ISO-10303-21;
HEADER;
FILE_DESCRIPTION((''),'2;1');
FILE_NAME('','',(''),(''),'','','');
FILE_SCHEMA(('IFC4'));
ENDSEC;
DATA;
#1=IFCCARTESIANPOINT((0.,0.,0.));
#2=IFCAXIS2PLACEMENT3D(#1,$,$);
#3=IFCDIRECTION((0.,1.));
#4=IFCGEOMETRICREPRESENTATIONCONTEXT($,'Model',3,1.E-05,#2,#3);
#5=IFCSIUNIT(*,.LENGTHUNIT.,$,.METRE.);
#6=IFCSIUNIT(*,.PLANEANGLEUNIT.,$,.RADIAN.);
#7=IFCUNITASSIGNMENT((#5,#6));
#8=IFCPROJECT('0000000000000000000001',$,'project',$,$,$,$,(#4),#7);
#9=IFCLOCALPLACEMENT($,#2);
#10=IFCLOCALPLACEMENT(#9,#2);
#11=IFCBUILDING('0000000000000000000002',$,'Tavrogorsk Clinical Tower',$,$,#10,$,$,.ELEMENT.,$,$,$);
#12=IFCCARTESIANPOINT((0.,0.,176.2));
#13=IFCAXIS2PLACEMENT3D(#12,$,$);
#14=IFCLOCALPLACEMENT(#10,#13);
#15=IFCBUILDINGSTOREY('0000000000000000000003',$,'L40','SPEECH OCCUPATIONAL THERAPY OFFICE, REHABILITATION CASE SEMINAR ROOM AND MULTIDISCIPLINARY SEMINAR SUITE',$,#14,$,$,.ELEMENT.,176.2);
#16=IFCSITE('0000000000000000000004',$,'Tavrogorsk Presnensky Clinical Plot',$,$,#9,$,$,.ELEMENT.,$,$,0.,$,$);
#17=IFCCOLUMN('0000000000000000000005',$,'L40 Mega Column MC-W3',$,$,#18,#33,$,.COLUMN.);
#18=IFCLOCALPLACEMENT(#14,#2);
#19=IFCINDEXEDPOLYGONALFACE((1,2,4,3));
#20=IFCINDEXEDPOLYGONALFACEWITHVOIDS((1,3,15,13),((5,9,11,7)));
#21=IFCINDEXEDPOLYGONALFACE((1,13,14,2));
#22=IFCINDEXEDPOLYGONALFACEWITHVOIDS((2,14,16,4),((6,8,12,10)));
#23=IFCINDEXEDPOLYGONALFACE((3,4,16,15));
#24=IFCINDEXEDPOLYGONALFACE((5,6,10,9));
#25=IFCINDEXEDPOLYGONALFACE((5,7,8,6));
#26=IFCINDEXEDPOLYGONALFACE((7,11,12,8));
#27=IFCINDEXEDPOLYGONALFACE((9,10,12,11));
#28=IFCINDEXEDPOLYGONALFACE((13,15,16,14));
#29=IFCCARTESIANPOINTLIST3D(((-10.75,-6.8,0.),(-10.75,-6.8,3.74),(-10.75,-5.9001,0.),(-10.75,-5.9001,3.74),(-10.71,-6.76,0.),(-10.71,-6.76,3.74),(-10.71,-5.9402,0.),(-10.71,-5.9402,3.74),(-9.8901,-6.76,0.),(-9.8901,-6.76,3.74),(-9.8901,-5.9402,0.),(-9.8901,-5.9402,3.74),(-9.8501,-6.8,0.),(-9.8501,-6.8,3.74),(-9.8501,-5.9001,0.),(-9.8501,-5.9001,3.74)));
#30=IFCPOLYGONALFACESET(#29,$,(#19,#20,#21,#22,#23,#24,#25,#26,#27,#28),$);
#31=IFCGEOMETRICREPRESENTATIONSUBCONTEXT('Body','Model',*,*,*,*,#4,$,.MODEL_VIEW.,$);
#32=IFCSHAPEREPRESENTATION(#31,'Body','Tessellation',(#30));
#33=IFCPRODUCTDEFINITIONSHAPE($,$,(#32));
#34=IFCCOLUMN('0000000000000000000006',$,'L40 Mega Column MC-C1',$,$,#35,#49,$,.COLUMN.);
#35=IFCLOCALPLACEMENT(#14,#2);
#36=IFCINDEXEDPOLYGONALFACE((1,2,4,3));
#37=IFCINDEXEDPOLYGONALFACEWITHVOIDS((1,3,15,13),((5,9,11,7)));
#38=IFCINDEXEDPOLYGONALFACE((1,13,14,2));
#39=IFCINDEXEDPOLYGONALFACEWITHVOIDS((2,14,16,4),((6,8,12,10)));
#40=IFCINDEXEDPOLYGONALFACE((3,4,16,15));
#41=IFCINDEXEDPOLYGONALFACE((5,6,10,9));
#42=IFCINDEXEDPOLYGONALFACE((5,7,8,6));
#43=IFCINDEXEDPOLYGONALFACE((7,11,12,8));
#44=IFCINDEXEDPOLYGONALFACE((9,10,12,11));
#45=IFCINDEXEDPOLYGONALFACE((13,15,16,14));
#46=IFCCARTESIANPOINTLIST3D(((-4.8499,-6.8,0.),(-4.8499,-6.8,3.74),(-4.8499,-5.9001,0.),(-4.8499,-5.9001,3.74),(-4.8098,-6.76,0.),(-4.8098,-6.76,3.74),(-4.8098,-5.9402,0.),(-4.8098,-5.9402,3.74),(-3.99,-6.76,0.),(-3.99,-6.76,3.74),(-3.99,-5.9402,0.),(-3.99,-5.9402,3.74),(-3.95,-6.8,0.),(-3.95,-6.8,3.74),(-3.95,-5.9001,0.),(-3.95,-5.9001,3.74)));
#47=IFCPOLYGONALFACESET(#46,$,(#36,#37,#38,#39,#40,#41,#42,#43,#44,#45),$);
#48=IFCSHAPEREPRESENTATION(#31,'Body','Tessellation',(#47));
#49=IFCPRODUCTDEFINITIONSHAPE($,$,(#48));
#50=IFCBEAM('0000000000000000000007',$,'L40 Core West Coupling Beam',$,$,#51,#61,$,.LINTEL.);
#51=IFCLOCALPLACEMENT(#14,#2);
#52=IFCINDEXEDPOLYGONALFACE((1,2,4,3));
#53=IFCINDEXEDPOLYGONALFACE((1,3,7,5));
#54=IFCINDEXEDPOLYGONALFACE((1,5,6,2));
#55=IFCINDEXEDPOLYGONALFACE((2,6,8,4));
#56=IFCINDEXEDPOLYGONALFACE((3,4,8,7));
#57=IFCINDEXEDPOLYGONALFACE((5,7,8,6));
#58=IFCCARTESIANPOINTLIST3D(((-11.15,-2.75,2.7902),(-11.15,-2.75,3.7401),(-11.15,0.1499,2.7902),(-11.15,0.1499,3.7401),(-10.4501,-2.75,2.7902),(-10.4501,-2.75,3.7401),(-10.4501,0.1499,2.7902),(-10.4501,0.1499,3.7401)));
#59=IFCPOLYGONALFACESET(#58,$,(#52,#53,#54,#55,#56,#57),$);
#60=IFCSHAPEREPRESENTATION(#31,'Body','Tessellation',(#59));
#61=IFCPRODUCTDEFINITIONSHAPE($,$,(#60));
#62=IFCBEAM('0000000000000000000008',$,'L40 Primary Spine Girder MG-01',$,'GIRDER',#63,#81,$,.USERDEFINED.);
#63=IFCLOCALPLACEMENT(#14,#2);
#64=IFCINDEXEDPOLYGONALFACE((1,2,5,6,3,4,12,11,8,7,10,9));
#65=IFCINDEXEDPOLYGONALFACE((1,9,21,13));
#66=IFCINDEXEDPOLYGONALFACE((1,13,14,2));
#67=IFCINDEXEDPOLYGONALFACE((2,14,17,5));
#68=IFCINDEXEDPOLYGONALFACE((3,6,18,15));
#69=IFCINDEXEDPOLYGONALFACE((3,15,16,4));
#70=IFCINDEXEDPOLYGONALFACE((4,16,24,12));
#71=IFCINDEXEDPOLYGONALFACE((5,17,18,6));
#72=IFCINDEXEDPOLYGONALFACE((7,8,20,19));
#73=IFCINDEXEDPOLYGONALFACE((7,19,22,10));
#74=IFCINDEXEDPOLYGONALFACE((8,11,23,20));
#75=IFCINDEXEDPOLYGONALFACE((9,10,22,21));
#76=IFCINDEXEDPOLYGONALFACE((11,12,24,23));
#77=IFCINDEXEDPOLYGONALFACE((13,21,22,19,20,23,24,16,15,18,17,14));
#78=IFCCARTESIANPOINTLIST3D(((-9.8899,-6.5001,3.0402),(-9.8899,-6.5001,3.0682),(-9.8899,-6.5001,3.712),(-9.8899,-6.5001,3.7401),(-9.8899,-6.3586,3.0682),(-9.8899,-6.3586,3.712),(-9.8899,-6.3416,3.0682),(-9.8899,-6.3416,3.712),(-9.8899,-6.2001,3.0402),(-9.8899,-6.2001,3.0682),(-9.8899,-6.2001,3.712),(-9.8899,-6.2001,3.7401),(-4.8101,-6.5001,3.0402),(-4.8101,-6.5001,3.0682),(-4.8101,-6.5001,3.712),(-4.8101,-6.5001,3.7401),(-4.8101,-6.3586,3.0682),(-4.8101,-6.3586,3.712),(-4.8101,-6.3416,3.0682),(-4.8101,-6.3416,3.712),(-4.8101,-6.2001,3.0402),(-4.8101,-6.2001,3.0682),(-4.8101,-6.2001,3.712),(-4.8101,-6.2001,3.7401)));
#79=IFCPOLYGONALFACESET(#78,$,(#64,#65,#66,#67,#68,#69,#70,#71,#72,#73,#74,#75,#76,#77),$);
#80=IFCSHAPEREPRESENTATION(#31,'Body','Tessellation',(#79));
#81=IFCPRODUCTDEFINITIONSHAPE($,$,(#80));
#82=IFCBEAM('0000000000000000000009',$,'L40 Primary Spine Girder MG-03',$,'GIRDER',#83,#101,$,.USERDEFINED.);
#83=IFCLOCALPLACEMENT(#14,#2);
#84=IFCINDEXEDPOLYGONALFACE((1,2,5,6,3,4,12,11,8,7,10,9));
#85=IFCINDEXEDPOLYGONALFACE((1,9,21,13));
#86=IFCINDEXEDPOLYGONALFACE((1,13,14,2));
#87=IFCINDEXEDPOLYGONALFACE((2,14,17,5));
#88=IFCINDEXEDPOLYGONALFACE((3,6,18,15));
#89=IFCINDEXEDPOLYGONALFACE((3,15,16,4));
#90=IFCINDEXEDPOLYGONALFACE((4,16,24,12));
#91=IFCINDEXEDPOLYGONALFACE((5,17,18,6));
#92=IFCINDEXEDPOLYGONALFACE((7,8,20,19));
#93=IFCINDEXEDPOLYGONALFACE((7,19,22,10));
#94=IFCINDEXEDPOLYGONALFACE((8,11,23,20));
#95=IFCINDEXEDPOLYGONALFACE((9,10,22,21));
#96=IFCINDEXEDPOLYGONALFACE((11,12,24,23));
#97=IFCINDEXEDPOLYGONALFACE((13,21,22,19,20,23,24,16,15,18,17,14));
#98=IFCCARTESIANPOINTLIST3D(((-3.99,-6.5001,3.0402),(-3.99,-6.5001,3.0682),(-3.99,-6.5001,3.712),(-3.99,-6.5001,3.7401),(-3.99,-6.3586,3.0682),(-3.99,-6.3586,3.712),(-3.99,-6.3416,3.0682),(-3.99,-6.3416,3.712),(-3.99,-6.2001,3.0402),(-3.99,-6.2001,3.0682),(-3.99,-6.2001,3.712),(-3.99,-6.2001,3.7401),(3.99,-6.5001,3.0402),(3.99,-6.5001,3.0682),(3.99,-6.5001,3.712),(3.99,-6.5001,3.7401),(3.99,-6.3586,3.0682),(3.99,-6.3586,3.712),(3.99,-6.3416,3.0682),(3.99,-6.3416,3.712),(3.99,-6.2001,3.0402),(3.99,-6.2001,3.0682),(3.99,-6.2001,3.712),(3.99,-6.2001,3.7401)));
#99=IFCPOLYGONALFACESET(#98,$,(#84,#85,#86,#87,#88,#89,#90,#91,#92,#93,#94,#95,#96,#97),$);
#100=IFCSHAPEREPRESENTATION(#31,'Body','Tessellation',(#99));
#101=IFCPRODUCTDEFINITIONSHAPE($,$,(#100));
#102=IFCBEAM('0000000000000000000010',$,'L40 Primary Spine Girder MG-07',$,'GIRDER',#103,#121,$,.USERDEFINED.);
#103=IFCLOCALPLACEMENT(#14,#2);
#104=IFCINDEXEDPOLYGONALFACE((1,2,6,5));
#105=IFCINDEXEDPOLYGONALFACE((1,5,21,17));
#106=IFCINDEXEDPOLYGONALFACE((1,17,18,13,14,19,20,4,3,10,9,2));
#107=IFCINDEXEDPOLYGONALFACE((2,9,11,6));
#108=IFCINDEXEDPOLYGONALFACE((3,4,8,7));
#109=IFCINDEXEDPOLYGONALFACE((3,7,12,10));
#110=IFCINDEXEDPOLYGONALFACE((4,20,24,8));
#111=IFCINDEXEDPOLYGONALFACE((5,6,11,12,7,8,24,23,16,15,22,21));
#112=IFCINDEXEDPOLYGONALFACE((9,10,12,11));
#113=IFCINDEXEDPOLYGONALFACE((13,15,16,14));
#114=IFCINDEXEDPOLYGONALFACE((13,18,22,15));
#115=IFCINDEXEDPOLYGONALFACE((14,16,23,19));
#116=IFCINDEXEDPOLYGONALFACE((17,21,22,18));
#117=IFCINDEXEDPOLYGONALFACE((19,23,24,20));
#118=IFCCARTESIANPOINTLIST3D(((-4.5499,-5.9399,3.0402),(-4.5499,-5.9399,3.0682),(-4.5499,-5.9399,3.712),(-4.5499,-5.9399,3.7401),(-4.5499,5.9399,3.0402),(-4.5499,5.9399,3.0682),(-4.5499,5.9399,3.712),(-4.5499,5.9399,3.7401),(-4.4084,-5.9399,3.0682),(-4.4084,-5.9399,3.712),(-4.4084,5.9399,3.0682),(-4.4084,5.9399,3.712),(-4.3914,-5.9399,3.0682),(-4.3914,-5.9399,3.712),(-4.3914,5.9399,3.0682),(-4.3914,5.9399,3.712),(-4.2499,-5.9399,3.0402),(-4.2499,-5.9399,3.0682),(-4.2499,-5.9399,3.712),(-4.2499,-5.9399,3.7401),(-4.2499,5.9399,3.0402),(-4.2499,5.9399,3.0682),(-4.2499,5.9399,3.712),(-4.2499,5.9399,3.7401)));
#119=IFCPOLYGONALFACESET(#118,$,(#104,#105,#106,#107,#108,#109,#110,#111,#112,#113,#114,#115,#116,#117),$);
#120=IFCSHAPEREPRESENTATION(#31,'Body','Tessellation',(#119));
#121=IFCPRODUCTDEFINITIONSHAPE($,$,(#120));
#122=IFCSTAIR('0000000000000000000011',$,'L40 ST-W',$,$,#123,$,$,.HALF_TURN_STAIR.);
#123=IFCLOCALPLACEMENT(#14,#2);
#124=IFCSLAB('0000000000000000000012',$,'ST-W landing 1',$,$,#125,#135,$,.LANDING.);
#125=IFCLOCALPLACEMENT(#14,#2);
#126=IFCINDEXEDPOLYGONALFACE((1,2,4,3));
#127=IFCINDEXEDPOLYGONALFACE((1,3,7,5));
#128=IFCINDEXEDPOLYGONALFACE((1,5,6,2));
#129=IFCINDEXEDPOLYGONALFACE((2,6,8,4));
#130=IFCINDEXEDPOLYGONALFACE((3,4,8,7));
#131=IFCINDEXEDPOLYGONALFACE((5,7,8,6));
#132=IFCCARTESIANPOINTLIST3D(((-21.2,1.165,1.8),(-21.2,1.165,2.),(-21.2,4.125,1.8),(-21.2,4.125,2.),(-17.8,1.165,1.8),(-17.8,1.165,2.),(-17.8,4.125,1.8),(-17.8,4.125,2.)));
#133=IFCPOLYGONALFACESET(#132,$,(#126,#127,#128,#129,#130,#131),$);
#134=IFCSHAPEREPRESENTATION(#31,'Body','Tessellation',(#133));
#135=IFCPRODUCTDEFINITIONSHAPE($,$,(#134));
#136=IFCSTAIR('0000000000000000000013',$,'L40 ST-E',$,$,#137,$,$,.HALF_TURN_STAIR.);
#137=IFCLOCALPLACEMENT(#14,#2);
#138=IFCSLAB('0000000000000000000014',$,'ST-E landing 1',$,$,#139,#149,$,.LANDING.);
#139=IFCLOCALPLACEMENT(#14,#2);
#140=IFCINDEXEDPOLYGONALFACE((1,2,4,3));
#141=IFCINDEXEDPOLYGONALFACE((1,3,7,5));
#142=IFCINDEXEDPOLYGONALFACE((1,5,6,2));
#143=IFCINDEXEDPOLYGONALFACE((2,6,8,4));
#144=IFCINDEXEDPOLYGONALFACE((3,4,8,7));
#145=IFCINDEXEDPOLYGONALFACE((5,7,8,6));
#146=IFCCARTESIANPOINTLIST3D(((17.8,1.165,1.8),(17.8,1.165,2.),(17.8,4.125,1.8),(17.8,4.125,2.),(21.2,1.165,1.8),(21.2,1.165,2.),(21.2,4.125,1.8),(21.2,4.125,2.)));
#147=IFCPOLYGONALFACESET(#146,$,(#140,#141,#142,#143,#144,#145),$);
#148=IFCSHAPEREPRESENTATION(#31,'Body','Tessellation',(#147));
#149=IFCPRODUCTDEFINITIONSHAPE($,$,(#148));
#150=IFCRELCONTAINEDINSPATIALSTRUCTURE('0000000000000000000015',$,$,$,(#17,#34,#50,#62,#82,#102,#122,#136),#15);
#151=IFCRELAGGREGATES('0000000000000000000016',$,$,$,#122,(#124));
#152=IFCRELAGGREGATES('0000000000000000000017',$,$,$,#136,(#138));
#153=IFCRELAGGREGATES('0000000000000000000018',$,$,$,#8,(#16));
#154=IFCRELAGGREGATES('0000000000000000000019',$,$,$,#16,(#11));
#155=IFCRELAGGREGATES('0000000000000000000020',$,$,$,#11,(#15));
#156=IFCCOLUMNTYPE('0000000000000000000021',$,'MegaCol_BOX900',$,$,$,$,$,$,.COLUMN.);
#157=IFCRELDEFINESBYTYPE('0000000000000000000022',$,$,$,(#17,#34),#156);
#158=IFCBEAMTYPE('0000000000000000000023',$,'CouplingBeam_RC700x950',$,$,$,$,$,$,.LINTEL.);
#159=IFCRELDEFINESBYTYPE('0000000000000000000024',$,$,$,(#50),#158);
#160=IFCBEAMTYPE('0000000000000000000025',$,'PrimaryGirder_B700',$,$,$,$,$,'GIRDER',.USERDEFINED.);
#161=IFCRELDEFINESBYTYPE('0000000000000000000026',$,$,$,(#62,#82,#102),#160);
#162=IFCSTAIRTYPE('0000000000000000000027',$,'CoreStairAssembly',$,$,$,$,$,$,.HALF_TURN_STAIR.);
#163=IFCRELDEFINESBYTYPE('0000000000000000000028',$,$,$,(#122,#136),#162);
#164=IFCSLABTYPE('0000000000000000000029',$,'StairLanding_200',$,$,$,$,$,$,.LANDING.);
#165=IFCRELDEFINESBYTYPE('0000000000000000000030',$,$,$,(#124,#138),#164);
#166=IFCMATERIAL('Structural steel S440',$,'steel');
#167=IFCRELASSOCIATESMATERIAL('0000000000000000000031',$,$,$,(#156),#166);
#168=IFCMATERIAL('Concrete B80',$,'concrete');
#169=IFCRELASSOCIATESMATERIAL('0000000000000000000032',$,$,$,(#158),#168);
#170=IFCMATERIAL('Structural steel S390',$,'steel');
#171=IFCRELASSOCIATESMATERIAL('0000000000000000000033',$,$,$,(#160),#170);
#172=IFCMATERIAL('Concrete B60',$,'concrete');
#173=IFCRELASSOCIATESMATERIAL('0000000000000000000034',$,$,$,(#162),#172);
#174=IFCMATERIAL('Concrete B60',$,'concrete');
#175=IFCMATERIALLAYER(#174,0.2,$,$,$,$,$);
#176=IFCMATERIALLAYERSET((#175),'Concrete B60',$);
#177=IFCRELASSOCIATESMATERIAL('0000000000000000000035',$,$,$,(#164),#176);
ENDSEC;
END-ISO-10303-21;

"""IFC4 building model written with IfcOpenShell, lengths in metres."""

from ifc_helpers import new_model, si_unit, direction, frame, origin, origin_2d, place, context, subcontext, project, spatial, polyline, rectangle, hollow_rectangle, i_section, outline, extrude, material, layer, layer_set, material_profile, profile_set, type_object, element, aggregate, save


model = new_model("IFC4")

# Units and contexts
model_context = context("Model", 3, precision=1e-05, world=origin(), true_north=direction((0.0, 1.0)))
body_context = subcontext(model_context, "Body", "Model", "MODEL_VIEW")
ifc_project = project(units=[si_unit("LENGTHUNIT", "METRE"), si_unit("PLANEANGLEUNIT", "RADIAN")], contexts=[model_context])

# Site, building, storey
site_placement = place(None, origin())
site = spatial("IfcSite", under=ifc_project, at=site_placement, Name="Tavrogorsk Presnensky Clinical Plot", CompositionType="ELEMENT", RefElevation=0.0)
building_placement = place(site_placement, origin())
building = spatial("IfcBuilding", under=site, at=building_placement, Name="Tavrogorsk Clinical Tower", CompositionType="ELEMENT")
storey_placement = place(building_placement, frame((0.0, 0.0, 176.2)))
storey = spatial("IfcBuildingStorey", under=building, at=storey_placement, Name="L40", Description="SPEECH OCCUPATIONAL THERAPY OFFICE, REHABILITATION CASE SEMINAR ROOM AND MULTIDISCIPLINARY SEMINAR SUITE", CompositionType="ELEMENT", Elevation=176.2)

# Columns
ifc_material_1 = material(Name="Structural steel S440", Category="steel")
ifc_material_profile_1 = material_profile(ifc_material_1, hollow_rectangle(XDim=0.8999, YDim=0.8999, WallThickness=0.04, at=origin_2d()), Name="BOX-900x900x40")
ifc_profile_set_1 = profile_set([ifc_material_profile_1], Name="Structural steel S440")
column_type = type_object("IfcColumnType", Name="MegaCol_BOX900", PredefinedType="COLUMN", material=ifc_profile_set_1)
for number, where, z_axis, x_axis, name in (
    (1, (-10.3, -6.3501, 0.0), (0.0, 0.0, 1.0), (1.0, 0.0, 0.0), "L40 Mega Column MC-W3"),
    (2, (-4.3999, -6.3501, 0.0), (0.0, 0.0, 1.0), (1.0, 0.0, 0.0), "L40 Mega Column MC-C1"),
):
    element("IfcColumn", number, at=place(storey_placement, frame(where, z_axis=z_axis, x_axis=x_axis)), inside=storey, type_object=column_type, Name=name, PredefinedType="COLUMN", context=body_context, shape_type="SweptSolid", body=[
        extrude(hollow_rectangle(XDim=0.8999, YDim=0.8999, WallThickness=0.04, at=origin_2d()), origin(), (0.0, 0.0, 1.0), 3.74),
    ])

# Beams
ifc_material_2 = material(Name="Concrete B80", Category="concrete")
ifc_material_profile_2 = material_profile(ifc_material_2, rectangle(XDim=0.7, YDim=0.95, at=origin_2d()), Name="RC-CB-700x950")
ifc_profile_set_2 = profile_set([ifc_material_profile_2], Name="Concrete B80")
beam_type_1 = type_object("IfcBeamType", Name="CouplingBeam_RC700x950", PredefinedType="LINTEL", material=ifc_profile_set_2)
beam_1_placement = place(storey_placement, frame((-10.8, -2.75, 3.2651), z_axis=(0.0, 1.0, 0.0), x_axis=(-1.0, 0.0, 0.0)))
element("IfcBeam", 3, at=beam_1_placement, inside=storey, type_object=beam_type_1, Name="L40 Core West Coupling Beam", PredefinedType="LINTEL", context=body_context, shape_type="SweptSolid", body=[
    extrude(rectangle(XDim=0.7, YDim=0.95, at=origin_2d()), origin(), (0.0, 0.0, 1.0), 2.8999),
])
ifc_material_3 = material(Name="Structural steel S390", Category="steel")
ifc_material_profile_3 = material_profile(ifc_material_3, i_section(OverallWidth=0.3, OverallDepth=0.7, WebThickness=0.0171, FlangeThickness=0.0281, at=origin_2d()), Name="B-700x300x17x28")
ifc_profile_set_3 = profile_set([ifc_material_profile_3], Name="Structural steel S390")
beam_type_2 = type_object("IfcBeamType", Name="PrimaryGirder_B700", ElementType="GIRDER", PredefinedType="USERDEFINED", material=ifc_profile_set_3)
beam_2_placement = place(storey_placement, frame((-9.8899, -6.3501, 3.3901), z_axis=(1.0, 0.0, 0.0), x_axis=(0.0, 1.0, 0.0)))
element("IfcBeam", 4, at=beam_2_placement, inside=storey, type_object=beam_type_2, Name="L40 Primary Spine Girder MG-01", ObjectType="GIRDER", PredefinedType="USERDEFINED", context=body_context, shape_type="SweptSolid", body=[
    extrude(i_section(OverallWidth=0.3, OverallDepth=0.7, WebThickness=0.0171, FlangeThickness=0.0281, at=origin_2d()), origin(), (0.0, 0.0, 1.0), 5.0798),
])
beam_3_placement = place(storey_placement, frame((-3.99, -6.3501, 3.3901), z_axis=(1.0, 0.0, 0.0), x_axis=(0.0, 1.0, 0.0)))
element("IfcBeam", 5, at=beam_3_placement, inside=storey, type_object=beam_type_2, Name="L40 Primary Spine Girder MG-03", ObjectType="GIRDER", PredefinedType="USERDEFINED", context=body_context, shape_type="SweptSolid", body=[
    extrude(i_section(OverallWidth=0.3, OverallDepth=0.7, WebThickness=0.0171, FlangeThickness=0.0281, at=origin_2d()), origin(), (0.0, 0.0, 1.0), 7.98),
])
beam_4_placement = place(storey_placement, frame((-4.3999, -5.9399, 3.3901), z_axis=(0.0, 1.0, 0.0), x_axis=(-1.0, 0.0, 0.0)))
element("IfcBeam", 6, at=beam_4_placement, inside=storey, type_object=beam_type_2, Name="L40 Primary Spine Girder MG-07", ObjectType="GIRDER", PredefinedType="USERDEFINED", context=body_context, shape_type="SweptSolid", body=[
    extrude(i_section(OverallWidth=0.3, OverallDepth=0.7, WebThickness=0.0171, FlangeThickness=0.0281, at=origin_2d()), origin(), (0.0, 0.0, 1.0), 11.8799),
])

# Stairs, slabs
ifc_material_4 = material(Name="Concrete B60", Category="concrete")
stair_type = type_object("IfcStairType", Name="CoreStairAssembly", PredefinedType="HALF_TURN_STAIR", material=ifc_material_4)
stair_1_placement = place(storey_placement, origin())
stair_1 = element("IfcStair", 7, at=stair_1_placement, inside=storey, type_object=stair_type, Name="L40 ST-W", PredefinedType="HALF_TURN_STAIR")
ifc_material_5 = material(Name="Concrete B60", Category="concrete")
ifc_layer_1 = layer(ifc_material_5, 0.2)
ifc_layer_set_1 = layer_set([ifc_layer_1], Name="Concrete B60")
slab_type_1 = type_object("IfcSlabType", Name="StairLanding_200", PredefinedType="LANDING", material=ifc_layer_set_1)
slab_1_placement = place(storey_placement, frame((0.0, 0.0, 1.8)))
slab_1 = element("IfcSlab", 8, at=slab_1_placement, type_object=slab_type_1, Name="ST-W landing 1", PredefinedType="LANDING", context=body_context, shape_type="SweptSolid", body=[
    extrude(outline(polyline([(-17.8, 1.165), (-17.8, 4.125), (-21.2, 4.125), (-21.2, 1.165), (-17.8, 1.165)])), origin(), (0.0, 0.0, 1.0), 0.2),
])
aggregate(stair_1, [slab_1])
stair_2_placement = place(storey_placement, origin())
stair_2 = element("IfcStair", 9, at=stair_2_placement, inside=storey, type_object=stair_type, Name="L40 ST-E", PredefinedType="HALF_TURN_STAIR")
slab_2_placement = place(storey_placement, frame((0.0, 0.0, 1.8)))
slab_2 = element("IfcSlab", 10, at=slab_2_placement, type_object=slab_type_1, Name="ST-E landing 1", PredefinedType="LANDING", context=body_context, shape_type="SweptSolid", body=[
    extrude(outline(polyline([(21.2, 1.165), (21.2, 4.125), (17.8, 4.125), (17.8, 1.165), (21.2, 1.165)])), origin(), (0.0, 0.0, 1.0), 0.2),
])
aggregate(stair_2, [slab_2])

save(model, "model.ifc")
